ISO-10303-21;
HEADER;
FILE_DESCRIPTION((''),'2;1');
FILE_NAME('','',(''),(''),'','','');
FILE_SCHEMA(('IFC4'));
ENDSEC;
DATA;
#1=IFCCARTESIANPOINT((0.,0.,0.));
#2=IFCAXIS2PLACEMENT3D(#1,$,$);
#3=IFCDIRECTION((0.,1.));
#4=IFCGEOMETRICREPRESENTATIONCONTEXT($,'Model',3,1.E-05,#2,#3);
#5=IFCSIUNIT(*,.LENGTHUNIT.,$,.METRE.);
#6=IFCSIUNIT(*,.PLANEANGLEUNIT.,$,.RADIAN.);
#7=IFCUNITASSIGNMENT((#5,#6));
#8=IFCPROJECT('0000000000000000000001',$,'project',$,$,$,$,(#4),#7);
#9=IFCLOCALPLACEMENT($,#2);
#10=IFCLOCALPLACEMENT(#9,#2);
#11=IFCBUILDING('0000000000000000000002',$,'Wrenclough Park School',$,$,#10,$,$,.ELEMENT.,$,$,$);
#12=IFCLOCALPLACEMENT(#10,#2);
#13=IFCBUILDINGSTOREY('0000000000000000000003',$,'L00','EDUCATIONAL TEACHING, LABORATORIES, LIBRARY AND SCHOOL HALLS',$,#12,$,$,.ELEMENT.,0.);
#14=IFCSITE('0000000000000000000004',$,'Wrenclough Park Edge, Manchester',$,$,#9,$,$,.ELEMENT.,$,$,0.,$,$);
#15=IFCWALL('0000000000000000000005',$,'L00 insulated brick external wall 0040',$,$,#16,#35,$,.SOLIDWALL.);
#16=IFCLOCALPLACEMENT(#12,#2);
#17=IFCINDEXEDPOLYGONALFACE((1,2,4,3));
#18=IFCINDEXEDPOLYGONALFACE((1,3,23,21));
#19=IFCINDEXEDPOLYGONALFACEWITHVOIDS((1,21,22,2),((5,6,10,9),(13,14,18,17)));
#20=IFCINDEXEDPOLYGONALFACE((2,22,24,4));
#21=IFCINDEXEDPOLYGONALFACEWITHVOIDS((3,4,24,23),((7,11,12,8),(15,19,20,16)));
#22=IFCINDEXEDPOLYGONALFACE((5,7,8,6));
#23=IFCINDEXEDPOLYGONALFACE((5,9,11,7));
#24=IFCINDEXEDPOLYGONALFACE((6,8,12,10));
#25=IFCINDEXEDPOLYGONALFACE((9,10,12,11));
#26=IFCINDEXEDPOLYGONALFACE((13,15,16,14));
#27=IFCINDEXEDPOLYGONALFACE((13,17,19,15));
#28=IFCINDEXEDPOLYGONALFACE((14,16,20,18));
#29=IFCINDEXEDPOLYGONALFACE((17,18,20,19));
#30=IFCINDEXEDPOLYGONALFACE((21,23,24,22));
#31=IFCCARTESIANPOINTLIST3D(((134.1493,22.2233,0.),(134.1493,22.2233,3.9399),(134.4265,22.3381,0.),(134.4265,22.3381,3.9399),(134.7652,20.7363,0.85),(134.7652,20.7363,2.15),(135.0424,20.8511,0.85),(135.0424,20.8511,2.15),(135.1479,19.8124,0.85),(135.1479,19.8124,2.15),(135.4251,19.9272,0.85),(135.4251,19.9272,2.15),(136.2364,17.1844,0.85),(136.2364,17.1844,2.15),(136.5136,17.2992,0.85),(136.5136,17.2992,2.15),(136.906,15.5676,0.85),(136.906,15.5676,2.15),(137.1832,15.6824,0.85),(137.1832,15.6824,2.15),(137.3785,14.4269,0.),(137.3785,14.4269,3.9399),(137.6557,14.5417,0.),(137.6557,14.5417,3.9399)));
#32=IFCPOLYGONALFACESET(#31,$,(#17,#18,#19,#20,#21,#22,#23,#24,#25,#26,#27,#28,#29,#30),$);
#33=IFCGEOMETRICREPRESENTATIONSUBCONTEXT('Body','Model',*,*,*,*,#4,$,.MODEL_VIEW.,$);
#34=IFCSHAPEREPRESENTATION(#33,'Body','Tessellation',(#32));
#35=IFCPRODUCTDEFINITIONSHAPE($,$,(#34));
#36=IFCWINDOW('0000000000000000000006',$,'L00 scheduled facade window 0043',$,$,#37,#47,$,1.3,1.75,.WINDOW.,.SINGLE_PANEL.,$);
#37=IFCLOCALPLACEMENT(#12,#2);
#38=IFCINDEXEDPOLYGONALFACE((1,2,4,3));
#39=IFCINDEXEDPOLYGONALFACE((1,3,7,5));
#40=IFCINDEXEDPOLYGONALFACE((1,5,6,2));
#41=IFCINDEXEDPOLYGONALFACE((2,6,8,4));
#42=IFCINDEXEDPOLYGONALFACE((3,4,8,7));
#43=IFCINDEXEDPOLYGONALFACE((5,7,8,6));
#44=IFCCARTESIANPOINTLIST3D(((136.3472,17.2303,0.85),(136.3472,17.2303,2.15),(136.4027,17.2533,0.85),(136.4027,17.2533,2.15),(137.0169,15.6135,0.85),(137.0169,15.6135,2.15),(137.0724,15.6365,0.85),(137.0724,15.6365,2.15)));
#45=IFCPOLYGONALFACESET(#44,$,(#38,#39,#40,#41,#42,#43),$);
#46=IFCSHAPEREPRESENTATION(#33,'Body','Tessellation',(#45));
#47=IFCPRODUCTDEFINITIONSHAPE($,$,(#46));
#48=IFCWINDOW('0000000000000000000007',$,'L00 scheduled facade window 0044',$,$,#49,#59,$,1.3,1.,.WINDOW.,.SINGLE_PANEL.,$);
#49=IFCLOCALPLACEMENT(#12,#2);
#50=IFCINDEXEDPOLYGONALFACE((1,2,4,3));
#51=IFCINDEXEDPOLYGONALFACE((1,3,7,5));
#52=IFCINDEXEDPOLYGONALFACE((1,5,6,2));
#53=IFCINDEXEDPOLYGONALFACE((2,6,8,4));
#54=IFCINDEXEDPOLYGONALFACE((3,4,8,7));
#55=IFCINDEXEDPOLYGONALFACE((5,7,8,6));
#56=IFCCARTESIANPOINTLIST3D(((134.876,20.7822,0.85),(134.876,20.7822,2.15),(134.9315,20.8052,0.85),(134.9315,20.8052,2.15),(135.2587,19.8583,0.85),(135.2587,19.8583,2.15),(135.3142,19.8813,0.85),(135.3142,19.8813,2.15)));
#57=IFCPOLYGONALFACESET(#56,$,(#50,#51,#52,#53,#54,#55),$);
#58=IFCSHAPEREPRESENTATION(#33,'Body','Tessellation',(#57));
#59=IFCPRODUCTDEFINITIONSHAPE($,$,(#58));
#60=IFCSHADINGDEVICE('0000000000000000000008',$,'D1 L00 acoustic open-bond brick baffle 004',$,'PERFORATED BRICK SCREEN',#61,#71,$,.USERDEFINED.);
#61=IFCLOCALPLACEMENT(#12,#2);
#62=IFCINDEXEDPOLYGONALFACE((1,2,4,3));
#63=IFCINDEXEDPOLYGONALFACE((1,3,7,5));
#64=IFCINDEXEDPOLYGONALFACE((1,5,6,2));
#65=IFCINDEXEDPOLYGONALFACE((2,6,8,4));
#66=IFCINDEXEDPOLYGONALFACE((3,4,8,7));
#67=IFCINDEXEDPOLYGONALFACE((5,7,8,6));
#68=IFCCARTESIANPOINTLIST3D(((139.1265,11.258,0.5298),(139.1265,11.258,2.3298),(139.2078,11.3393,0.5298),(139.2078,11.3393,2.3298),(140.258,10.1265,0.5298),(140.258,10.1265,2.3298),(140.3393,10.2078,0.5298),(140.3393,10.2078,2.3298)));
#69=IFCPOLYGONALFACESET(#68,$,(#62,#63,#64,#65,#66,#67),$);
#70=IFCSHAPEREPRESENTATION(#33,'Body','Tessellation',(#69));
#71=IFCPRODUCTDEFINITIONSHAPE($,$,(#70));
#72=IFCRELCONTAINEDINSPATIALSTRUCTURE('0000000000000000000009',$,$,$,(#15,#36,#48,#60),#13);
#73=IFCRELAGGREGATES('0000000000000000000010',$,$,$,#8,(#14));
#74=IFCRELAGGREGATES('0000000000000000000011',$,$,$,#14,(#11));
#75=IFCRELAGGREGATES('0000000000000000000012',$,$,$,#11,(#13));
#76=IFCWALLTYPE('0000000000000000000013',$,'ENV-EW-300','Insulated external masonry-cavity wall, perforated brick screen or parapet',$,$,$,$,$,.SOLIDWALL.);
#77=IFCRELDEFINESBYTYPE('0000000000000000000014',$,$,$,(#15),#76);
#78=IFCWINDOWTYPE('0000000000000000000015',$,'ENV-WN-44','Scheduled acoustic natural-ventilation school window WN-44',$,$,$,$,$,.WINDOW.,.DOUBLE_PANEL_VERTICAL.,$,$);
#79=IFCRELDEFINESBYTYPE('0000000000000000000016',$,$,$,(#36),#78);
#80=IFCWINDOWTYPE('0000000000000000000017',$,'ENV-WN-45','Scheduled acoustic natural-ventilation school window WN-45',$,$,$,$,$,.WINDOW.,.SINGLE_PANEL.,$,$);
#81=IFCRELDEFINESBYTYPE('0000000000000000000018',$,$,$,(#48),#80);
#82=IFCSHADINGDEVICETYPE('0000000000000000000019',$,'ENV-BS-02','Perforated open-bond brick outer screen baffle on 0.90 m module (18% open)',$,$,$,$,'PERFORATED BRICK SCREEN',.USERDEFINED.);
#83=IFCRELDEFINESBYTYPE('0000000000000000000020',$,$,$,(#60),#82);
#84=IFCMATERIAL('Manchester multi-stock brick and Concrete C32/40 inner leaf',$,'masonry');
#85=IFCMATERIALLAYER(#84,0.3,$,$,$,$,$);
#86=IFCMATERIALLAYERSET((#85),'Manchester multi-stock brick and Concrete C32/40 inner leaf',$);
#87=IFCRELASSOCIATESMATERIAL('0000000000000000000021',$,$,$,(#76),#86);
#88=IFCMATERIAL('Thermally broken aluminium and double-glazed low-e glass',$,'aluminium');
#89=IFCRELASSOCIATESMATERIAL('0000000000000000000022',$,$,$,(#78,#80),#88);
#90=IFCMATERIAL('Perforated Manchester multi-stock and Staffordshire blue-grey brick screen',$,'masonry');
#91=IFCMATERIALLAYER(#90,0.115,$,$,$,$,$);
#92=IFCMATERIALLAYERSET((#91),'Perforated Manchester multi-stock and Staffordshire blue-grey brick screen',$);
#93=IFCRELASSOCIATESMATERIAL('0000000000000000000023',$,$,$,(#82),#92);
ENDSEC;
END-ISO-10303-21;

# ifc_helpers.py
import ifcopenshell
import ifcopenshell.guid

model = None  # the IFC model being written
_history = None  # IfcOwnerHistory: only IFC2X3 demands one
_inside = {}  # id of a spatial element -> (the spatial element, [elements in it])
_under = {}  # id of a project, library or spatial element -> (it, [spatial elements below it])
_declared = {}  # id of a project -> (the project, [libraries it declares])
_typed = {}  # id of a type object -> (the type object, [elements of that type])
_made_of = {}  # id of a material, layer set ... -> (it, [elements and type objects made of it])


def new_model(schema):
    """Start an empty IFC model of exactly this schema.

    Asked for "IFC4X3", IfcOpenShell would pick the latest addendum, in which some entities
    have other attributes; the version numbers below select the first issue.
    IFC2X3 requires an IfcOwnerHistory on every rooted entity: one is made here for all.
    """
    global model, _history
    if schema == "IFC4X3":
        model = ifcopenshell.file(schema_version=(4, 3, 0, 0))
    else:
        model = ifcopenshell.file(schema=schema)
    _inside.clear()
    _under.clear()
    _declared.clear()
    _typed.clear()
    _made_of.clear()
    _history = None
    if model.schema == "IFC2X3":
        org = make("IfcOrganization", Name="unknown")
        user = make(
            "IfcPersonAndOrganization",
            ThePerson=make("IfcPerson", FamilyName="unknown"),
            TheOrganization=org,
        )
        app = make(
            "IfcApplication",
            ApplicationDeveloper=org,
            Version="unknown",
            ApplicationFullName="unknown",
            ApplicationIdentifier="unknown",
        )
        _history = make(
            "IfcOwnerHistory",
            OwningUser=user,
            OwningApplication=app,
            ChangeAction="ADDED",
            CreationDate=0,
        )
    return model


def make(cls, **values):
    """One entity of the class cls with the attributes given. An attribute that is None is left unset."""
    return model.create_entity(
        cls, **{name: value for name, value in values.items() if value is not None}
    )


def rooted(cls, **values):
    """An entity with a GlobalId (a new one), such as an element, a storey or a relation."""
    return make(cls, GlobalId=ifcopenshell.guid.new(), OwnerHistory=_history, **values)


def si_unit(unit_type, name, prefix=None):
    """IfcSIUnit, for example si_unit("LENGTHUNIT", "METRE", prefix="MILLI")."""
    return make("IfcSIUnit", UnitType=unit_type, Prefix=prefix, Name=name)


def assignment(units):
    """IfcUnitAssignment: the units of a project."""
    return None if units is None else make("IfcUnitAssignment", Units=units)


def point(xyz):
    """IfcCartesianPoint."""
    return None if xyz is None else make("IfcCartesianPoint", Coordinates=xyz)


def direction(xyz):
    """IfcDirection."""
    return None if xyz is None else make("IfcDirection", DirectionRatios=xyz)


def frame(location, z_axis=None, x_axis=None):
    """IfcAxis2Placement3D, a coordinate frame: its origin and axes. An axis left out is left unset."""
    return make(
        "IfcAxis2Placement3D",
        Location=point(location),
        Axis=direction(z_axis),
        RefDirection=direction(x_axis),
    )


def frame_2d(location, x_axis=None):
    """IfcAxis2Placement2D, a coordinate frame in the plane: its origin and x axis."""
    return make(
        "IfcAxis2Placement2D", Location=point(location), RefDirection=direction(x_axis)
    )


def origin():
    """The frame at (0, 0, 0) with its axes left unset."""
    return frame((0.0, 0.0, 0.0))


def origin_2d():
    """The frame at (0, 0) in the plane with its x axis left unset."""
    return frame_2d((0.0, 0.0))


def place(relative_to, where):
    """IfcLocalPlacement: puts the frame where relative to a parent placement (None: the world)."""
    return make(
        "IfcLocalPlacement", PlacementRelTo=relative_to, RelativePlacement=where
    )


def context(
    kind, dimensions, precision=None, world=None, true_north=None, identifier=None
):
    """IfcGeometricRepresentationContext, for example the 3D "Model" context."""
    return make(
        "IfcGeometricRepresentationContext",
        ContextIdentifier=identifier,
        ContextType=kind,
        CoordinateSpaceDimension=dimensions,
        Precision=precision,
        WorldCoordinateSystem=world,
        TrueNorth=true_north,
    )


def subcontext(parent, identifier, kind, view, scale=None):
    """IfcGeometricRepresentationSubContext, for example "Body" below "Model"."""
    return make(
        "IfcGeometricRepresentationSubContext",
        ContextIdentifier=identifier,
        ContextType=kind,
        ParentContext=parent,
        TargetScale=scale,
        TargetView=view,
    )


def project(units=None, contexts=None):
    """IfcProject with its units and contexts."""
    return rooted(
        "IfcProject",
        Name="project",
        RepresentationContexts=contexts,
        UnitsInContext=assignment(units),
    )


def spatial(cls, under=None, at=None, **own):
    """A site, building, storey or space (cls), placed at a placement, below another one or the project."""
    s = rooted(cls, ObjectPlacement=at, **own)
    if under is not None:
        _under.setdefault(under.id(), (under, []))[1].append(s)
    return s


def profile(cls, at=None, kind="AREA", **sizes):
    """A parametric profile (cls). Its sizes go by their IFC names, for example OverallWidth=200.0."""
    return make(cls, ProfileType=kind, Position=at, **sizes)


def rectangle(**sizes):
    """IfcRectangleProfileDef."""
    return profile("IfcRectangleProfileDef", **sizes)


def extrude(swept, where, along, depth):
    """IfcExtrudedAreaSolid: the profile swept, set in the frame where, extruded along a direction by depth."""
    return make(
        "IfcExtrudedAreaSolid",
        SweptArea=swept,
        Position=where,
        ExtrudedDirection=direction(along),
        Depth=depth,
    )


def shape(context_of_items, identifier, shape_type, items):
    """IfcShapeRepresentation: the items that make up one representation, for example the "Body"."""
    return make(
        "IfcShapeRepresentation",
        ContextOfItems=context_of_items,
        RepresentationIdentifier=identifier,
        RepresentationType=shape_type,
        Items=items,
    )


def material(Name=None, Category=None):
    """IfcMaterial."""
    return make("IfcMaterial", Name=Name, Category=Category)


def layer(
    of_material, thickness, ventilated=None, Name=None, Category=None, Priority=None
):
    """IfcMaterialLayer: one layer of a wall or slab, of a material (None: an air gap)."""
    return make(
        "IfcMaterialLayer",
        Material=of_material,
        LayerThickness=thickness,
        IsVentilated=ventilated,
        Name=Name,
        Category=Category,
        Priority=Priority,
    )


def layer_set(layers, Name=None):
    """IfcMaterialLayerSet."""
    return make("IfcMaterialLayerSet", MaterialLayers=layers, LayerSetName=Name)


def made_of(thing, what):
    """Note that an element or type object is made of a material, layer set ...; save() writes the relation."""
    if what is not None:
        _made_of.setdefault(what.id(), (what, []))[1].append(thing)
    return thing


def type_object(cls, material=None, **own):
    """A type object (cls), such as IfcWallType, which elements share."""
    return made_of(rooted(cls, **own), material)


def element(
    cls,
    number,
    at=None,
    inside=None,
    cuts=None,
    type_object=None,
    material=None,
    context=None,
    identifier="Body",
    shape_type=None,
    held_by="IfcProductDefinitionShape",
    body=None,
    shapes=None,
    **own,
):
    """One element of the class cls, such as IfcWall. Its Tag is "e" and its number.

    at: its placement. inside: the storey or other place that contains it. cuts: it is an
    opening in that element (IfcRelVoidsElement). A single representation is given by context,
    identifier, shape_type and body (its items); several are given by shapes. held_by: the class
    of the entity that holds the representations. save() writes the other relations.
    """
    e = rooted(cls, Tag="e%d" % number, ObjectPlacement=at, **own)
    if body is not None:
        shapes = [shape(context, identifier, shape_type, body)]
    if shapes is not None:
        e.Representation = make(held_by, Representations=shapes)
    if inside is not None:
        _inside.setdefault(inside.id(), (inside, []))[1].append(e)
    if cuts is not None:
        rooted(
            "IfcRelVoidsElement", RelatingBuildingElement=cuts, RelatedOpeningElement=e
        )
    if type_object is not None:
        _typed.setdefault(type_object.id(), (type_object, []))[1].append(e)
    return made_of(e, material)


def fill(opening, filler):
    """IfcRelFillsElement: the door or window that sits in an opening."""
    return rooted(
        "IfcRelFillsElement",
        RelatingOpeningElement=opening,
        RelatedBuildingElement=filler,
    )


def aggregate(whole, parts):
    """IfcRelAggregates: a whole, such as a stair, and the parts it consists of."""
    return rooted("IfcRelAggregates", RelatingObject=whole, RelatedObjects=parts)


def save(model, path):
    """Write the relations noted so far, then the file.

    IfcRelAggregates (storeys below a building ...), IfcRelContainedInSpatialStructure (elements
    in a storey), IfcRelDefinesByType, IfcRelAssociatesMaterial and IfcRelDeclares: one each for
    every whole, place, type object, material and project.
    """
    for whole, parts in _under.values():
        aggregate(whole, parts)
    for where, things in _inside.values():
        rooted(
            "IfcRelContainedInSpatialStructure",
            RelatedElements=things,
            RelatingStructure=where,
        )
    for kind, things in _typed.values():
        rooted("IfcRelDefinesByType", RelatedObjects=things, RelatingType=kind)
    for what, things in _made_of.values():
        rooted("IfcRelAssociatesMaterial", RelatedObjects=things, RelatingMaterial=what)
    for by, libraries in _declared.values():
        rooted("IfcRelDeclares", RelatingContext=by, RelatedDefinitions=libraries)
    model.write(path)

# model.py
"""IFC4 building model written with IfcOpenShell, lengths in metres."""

from ifc_helpers import new_model, si_unit, direction, frame, frame_2d, origin, origin_2d, place, context, subcontext, project, spatial, rectangle, extrude, material, layer, layer_set, type_object, element, fill, save


model = new_model("IFC4")

# Units and contexts
model_context = context("Model", 3, precision=1e-05, world=origin(), true_north=direction((0.0, 1.0)))
body_context = subcontext(model_context, "Body", "Model", "MODEL_VIEW")
ifc_project = project(units=[si_unit("LENGTHUNIT", "METRE"), si_unit("PLANEANGLEUNIT", "RADIAN")], contexts=[model_context])

# Site, building, storey
site_placement = place(None, origin())
site = spatial("IfcSite", under=ifc_project, at=site_placement, Name="Wrenclough Park Edge, Manchester", CompositionType="ELEMENT", RefElevation=0.0)
building_placement = place(site_placement, origin())
building = spatial("IfcBuilding", under=site, at=building_placement, Name="Wrenclough Park School", CompositionType="ELEMENT")
storey_placement = place(building_placement, origin())
storey = spatial("IfcBuildingStorey", under=building, at=storey_placement, Name="L00", Description="EDUCATIONAL TEACHING, LABORATORIES, LIBRARY AND SCHOOL HALLS", CompositionType="ELEMENT", Elevation=0.0)

# Wall, openings, windows
ifc_material_1 = material(Name="Manchester multi-stock brick and Concrete C32/40 inner leaf", Category="masonry")
ifc_layer_1 = layer(ifc_material_1, 0.3)
ifc_layer_set_1 = layer_set([ifc_layer_1], Name="Manchester multi-stock brick and Concrete C32/40 inner leaf")
wall_type_1 = type_object("IfcWallType", Name="ENV-EW-300", Description="Insulated external masonry-cavity wall, perforated brick screen or parapet", PredefinedType="SOLIDWALL", material=ifc_layer_set_1)
wall_1_placement = place(storey_placement, frame((137.5171, 14.4844, 0.0), z_axis=(0.0, 0.0, 1.0), x_axis=(-0.382671, 0.923885, 0.0)))
wall_1 = element("IfcWall", 1, at=wall_1_placement, inside=storey, type_object=wall_type_1, Name="L00 insulated brick external wall 0040", PredefinedType="SOLIDWALL", context=body_context, shape_type="SweptSolid", body=[
    extrude(rectangle(XDim=8.4387, YDim=0.3, at=frame_2d((4.2192, 0.0))), origin(), (0.0, 0.0, 1.0), 3.9399),
])
opening_1_placement = place(wall_1_placement, frame((1.2346, 0.0, 0.8501)))
opening_1 = element("IfcOpeningElement", 2, at=opening_1_placement, cuts=wall_1, PredefinedType="OPENING", context=body_context, shape_type="SweptSolid", body=[
    extrude(rectangle(XDim=1.75, YDim=1.3, at=frame_2d((0.875, 0.6499))), frame((0.0, 0.1599, 0.0), z_axis=(0.0, -1.0, 0.0), x_axis=(1.0, 0.0, 0.0)), (0.0, 0.0, 1.0), 0.3201),
])
opening_2_placement = place(wall_1_placement, frame((5.8291, 0.0, 0.8501)))
opening_2 = element("IfcOpeningElement", 3, at=opening_2_placement, cuts=wall_1, PredefinedType="OPENING", context=body_context, shape_type="SweptSolid", body=[
    extrude(rectangle(XDim=1.0, YDim=1.3, at=frame_2d((0.5, 0.6499))), frame((0.0, 0.1599, 0.0), z_axis=(0.0, -1.0, 0.0), x_axis=(1.0, 0.0, 0.0)), (0.0, 0.0, 1.0), 0.3201),
])
ifc_material_2 = material(Name="Thermally broken aluminium and double-glazed low-e glass", Category="aluminium")
window_type_1 = type_object("IfcWindowType", Name="ENV-WN-44", Description="Scheduled acoustic natural-ventilation school window WN-44", PartitioningType="DOUBLE_PANEL_VERTICAL", PredefinedType="WINDOW", material=ifc_material_2)
window_1_placement = place(opening_1_placement, origin())
window_1 = element("IfcWindow", 4, at=window_1_placement, inside=storey, type_object=window_type_1, Name="L00 scheduled facade window 0043", OverallHeight=1.3, OverallWidth=1.75, PartitioningType="SINGLE_PANEL", PredefinedType="WINDOW", context=body_context, shape_type="SweptSolid", body=[
    extrude(rectangle(XDim=1.75, YDim=1.3, at=frame_2d((0.875, 0.6499))), frame((0.0, 0.03, 0.0), z_axis=(0.0, -1.0, 0.0), x_axis=(1.0, 0.0, 0.0)), (0.0, 0.0, 1.0), 0.0601),
])
fill(opening_1, window_1)
window_type_2 = type_object("IfcWindowType", Name="ENV-WN-45", Description="Scheduled acoustic natural-ventilation school window WN-45", PartitioningType="SINGLE_PANEL", PredefinedType="WINDOW", material=ifc_material_2)
window_2_placement = place(opening_2_placement, origin())
window_2 = element("IfcWindow", 5, at=window_2_placement, inside=storey, type_object=window_type_2, Name="L00 scheduled facade window 0044", OverallHeight=1.3, OverallWidth=1.0, PartitioningType="SINGLE_PANEL", PredefinedType="WINDOW", context=body_context, shape_type="SweptSolid", body=[
    extrude(rectangle(XDim=1.0, YDim=1.3, at=frame_2d((0.5, 0.6499))), frame((0.0, 0.03, 0.0), z_axis=(0.0, -1.0, 0.0), x_axis=(1.0, 0.0, 0.0)), (0.0, 0.0, 1.0), 0.0601),
])
fill(opening_2, window_2)

# Shading device
ifc_material_3 = material(Name="Perforated Manchester multi-stock and Staffordshire blue-grey brick screen", Category="masonry")
ifc_layer_2 = layer(ifc_material_3, 0.115)
ifc_layer_set_2 = layer_set([ifc_layer_2], Name="Perforated Manchester multi-stock and Staffordshire blue-grey brick screen")
shading_device_type = type_object("IfcShadingDeviceType", Name="ENV-BS-02", Description="Perforated open-bond brick outer screen baffle on 0.90 m module (18% open)", ElementType="PERFORATED BRICK SCREEN", PredefinedType="USERDEFINED", material=ifc_layer_set_2)
shading_device_placement = place(storey_placement, frame((139.7329, 10.7329, 0.5298), z_axis=(0.0, 0.0, 1.0), x_axis=(0.707107, -0.707107, 0.0)))
element("IfcShadingDevice", 6, at=shading_device_placement, inside=storey, type_object=shading_device_type, Name="D1 L00 acoustic open-bond brick baffle 004", ObjectType="PERFORATED BRICK SCREEN", PredefinedType="USERDEFINED", context=body_context, shape_type="SweptSolid", body=[
    extrude(rectangle(XDim=1.6001, YDim=0.115, at=origin_2d()), origin(), (0.0, 0.0, 1.0), 1.8),
])

save(model, "model.ifc")
